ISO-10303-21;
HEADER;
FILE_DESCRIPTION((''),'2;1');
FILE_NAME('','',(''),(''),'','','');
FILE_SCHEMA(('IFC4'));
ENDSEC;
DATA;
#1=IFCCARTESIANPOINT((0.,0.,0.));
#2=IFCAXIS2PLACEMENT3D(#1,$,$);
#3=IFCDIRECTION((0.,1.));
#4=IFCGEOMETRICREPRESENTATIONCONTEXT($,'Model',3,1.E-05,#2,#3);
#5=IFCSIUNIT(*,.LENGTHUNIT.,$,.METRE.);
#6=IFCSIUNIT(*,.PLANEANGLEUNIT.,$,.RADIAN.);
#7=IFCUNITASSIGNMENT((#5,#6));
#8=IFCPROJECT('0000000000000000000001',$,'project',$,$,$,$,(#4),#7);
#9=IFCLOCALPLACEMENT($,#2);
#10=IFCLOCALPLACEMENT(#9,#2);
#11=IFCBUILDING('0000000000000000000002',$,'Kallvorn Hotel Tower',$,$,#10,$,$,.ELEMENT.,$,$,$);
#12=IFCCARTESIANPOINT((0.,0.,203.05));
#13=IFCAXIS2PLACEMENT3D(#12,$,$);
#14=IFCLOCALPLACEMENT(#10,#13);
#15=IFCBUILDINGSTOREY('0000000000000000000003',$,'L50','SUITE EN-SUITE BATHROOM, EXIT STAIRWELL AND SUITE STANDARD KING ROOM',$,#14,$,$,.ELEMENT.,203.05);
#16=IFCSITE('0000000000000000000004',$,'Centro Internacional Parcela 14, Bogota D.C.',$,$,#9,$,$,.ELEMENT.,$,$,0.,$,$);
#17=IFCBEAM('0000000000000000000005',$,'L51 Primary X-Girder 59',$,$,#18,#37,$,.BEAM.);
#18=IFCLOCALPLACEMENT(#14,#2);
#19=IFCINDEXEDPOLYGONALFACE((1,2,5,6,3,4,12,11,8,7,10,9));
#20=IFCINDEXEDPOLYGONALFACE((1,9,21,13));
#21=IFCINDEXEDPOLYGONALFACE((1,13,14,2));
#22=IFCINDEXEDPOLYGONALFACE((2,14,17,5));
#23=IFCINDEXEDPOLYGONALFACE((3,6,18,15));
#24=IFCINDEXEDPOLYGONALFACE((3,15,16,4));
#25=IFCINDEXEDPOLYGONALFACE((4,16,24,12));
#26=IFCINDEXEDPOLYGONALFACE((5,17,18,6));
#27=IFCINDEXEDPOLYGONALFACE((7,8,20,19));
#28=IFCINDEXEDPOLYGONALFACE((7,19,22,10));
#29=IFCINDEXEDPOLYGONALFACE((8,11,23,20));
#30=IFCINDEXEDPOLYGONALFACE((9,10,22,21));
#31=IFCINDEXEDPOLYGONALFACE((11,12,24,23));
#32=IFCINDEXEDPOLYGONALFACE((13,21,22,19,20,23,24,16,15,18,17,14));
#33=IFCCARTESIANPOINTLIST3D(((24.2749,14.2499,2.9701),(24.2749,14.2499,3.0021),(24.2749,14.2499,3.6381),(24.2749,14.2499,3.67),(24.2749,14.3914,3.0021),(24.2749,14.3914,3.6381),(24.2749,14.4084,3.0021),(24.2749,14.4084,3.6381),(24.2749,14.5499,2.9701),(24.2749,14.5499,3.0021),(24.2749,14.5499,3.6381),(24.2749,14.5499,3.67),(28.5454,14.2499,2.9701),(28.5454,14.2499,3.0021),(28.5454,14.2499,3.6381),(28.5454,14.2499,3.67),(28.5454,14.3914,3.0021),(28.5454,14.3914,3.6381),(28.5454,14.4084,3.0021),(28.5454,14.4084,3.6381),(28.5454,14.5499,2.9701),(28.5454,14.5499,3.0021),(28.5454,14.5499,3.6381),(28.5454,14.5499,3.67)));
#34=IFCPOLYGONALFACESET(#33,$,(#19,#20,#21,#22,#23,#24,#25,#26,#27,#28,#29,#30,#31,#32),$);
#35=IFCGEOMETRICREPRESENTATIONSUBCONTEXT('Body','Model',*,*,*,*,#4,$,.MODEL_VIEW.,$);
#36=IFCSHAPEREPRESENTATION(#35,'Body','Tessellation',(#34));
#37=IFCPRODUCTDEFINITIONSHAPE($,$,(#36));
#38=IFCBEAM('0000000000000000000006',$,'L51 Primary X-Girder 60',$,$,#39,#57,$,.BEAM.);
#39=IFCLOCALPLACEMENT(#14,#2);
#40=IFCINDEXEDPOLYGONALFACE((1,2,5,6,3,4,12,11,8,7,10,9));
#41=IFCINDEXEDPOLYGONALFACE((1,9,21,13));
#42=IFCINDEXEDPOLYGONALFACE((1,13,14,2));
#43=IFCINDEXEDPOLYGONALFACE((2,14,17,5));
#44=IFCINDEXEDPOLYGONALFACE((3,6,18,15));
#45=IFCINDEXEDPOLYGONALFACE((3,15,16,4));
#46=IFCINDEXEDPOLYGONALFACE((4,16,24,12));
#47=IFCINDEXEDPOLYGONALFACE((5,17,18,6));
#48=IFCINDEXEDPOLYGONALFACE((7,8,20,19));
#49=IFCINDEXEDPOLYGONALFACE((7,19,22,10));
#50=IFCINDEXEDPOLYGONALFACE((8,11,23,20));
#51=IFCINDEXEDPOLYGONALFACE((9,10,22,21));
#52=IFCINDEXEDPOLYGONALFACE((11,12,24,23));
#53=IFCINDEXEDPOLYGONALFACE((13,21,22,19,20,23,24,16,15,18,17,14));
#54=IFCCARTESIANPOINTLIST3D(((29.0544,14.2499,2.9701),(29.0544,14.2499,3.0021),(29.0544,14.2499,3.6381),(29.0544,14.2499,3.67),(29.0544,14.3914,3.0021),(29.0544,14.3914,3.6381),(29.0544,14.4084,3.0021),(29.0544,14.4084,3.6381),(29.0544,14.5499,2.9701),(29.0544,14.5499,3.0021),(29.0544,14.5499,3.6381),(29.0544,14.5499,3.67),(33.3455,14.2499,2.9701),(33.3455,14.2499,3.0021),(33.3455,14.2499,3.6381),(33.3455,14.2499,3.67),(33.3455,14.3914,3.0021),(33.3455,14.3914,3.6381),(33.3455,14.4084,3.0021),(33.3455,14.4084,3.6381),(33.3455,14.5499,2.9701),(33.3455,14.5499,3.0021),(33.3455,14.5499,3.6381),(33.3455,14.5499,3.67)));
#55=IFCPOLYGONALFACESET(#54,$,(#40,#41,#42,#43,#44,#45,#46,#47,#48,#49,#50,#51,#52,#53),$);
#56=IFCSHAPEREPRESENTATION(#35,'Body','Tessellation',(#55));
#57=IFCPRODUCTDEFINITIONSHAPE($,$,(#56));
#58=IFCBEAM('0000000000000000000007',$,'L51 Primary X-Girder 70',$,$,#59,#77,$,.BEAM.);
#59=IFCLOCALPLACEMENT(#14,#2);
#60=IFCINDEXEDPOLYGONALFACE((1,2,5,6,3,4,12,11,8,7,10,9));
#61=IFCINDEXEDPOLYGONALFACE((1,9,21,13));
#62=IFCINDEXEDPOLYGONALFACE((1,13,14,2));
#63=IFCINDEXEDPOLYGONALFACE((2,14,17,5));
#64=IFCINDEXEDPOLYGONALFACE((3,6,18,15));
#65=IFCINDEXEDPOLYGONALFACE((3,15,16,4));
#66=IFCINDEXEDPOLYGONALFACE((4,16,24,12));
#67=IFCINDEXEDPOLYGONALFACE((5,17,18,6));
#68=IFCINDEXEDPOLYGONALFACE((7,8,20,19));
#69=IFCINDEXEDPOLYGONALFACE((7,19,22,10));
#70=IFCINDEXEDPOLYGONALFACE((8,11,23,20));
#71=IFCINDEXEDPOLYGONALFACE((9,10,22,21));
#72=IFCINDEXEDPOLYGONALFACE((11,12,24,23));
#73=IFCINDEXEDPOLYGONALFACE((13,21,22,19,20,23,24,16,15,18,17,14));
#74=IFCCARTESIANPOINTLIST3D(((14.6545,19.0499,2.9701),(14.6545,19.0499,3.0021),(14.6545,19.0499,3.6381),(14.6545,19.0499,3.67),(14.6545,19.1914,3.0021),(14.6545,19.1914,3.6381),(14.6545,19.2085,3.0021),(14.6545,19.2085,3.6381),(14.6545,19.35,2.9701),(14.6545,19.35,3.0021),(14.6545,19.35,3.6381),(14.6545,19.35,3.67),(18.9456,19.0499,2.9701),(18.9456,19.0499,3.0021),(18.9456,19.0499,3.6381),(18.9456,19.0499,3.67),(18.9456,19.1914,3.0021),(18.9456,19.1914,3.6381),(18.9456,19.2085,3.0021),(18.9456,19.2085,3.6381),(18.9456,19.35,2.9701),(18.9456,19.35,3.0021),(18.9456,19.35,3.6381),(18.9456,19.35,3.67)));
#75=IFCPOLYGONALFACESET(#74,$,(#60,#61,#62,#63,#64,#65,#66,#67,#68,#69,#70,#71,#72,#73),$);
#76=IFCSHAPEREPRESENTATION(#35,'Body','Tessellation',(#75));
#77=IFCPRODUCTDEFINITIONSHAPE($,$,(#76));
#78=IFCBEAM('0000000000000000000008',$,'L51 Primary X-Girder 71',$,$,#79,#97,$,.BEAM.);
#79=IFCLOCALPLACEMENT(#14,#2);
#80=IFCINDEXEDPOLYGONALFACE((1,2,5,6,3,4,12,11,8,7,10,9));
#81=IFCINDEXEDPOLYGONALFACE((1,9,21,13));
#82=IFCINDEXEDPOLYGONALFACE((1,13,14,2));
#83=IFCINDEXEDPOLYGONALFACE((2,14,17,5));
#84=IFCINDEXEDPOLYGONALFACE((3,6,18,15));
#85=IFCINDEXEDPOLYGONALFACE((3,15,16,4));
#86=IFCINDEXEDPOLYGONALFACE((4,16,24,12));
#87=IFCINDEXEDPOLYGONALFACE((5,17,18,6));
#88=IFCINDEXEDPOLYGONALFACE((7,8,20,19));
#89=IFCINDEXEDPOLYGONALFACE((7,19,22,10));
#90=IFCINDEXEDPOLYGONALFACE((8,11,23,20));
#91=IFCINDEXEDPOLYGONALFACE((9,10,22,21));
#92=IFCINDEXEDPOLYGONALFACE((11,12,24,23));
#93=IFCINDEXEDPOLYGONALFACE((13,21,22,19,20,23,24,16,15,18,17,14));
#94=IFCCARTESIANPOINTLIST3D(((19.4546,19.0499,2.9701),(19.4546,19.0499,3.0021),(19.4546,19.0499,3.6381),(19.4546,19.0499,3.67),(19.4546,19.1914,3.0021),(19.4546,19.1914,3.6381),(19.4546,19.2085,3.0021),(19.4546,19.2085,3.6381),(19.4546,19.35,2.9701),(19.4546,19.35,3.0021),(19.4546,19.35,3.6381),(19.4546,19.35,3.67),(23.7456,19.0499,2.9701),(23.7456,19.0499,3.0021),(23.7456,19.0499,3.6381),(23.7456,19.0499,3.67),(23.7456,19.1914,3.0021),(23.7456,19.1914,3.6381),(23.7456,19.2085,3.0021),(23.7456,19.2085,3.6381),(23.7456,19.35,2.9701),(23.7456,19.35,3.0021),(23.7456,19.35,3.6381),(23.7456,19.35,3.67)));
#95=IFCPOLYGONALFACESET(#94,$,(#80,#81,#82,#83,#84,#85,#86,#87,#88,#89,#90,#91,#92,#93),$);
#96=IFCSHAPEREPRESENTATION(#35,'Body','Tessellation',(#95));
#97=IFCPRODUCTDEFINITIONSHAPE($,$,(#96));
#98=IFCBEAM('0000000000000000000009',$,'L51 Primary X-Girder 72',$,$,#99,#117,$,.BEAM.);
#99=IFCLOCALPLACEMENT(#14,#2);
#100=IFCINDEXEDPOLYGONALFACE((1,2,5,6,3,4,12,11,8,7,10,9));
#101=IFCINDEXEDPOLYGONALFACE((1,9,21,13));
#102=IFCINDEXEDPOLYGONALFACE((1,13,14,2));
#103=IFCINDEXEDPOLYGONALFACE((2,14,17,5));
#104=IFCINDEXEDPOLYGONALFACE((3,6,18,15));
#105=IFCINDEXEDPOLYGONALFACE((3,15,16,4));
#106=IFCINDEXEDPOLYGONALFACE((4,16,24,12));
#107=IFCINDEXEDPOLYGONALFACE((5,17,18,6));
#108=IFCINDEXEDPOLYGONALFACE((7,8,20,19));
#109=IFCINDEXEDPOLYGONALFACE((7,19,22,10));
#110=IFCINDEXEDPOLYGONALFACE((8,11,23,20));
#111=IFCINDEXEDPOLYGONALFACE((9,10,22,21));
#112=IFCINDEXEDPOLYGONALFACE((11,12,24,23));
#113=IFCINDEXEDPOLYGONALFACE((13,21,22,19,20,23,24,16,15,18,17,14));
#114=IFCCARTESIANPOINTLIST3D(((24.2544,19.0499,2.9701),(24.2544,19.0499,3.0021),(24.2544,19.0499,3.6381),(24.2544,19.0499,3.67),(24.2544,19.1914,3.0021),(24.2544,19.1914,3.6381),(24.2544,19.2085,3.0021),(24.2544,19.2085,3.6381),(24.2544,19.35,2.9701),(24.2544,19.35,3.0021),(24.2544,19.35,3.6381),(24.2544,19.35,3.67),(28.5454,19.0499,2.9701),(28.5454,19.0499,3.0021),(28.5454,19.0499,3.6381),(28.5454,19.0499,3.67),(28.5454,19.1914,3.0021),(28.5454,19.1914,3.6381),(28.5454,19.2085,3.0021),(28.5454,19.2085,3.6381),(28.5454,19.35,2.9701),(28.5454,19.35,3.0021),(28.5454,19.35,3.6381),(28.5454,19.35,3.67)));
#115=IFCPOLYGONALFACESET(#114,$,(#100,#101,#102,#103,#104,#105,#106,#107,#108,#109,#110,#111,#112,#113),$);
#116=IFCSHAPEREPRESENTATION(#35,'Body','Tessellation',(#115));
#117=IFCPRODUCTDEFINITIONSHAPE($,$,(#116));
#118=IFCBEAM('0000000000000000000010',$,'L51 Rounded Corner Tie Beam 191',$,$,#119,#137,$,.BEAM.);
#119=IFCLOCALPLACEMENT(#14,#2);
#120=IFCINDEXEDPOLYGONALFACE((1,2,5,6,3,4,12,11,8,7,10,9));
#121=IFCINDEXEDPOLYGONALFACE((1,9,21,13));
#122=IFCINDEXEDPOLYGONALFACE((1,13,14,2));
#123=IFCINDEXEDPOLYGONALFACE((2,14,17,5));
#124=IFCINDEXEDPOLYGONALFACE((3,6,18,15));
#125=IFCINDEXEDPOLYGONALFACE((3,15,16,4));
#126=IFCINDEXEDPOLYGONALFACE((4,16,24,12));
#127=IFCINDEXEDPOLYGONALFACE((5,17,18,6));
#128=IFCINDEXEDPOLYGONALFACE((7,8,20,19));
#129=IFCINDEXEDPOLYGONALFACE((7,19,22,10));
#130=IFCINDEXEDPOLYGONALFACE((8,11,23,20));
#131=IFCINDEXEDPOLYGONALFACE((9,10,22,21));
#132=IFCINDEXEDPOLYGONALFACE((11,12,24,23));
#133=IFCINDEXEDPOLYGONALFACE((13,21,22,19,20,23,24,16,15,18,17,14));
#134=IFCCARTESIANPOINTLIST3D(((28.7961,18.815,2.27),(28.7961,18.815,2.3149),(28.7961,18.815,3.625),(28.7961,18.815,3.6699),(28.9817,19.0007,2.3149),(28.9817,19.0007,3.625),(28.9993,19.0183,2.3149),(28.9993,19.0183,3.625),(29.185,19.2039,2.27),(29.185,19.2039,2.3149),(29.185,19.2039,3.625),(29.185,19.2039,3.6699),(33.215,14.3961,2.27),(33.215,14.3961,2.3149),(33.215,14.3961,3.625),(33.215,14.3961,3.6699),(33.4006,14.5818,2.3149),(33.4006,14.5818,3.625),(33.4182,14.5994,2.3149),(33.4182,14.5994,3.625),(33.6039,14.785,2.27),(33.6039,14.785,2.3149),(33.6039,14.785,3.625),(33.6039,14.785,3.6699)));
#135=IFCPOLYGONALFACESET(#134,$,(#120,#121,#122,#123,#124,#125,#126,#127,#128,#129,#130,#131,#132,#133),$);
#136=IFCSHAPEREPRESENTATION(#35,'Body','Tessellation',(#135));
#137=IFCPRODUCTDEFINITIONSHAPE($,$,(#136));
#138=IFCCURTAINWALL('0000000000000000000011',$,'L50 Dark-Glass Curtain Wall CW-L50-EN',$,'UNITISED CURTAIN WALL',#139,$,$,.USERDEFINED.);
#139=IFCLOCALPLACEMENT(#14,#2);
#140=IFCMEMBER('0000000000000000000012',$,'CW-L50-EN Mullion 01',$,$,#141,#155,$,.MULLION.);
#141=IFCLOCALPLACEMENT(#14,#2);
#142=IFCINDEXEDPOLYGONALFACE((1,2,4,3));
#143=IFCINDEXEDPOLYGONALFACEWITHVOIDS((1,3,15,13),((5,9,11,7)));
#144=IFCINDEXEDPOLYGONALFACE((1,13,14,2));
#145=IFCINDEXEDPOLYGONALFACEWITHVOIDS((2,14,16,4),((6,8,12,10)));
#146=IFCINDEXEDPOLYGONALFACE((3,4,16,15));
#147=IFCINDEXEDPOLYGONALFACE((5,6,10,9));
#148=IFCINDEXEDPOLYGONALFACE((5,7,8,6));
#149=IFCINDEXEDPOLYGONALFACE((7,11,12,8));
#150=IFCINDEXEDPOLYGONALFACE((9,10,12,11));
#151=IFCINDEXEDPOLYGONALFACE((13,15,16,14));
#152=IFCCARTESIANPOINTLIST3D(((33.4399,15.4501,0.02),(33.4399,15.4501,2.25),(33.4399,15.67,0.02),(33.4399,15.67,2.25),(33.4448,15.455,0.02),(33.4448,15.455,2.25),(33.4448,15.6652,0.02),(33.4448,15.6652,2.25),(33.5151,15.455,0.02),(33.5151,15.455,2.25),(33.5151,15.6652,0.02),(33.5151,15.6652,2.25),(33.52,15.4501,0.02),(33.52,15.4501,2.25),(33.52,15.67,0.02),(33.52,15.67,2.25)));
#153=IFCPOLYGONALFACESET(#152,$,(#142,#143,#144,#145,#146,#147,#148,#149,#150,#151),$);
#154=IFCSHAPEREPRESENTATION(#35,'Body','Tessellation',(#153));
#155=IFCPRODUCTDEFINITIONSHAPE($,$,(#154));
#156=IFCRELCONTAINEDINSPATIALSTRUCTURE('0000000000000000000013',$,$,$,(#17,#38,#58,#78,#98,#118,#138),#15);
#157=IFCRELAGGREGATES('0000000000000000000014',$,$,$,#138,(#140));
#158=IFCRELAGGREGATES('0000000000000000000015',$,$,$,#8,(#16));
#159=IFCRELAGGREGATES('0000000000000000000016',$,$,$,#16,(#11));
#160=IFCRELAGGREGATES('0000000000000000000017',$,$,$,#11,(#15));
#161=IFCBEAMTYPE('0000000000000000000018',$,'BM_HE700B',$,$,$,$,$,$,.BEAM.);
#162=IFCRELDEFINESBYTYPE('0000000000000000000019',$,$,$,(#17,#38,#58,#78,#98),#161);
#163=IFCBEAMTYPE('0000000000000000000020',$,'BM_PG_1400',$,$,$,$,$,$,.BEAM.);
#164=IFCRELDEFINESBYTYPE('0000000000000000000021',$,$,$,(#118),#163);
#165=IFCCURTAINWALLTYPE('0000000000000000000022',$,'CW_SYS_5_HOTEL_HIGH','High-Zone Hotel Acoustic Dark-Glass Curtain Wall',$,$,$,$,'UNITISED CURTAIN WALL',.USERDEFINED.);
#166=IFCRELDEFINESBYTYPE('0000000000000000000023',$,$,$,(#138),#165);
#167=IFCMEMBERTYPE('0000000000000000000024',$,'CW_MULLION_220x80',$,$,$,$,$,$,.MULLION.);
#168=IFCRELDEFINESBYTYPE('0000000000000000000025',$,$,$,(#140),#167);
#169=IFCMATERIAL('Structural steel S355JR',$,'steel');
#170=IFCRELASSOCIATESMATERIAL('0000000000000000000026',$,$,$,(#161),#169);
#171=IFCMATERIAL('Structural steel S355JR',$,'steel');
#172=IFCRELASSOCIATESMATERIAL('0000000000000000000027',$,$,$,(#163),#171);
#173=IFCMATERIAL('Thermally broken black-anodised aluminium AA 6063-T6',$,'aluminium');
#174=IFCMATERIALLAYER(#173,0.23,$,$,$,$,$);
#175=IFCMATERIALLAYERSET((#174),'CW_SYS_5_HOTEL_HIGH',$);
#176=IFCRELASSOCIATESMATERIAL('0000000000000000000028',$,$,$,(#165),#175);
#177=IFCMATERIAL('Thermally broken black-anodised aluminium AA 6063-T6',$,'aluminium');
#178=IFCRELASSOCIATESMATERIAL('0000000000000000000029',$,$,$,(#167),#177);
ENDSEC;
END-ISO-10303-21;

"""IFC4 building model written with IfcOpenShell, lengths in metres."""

from ifc_helpers import new_model, si_unit, direction, frame, origin, origin_2d, place, context, subcontext, project, spatial, hollow_rectangle, i_section, extrude, material, layer, layer_set, material_profile, profile_set, type_object, element, aggregate, save


model = new_model("IFC4")

# Units and contexts
model_context = context("Model", 3, precision=1e-05, world=origin(), true_north=direction((0.0, 1.0)))
body_context = subcontext(model_context, "Body", "Model", "MODEL_VIEW")
ifc_project = project(units=[si_unit("LENGTHUNIT", "METRE"), si_unit("PLANEANGLEUNIT", "RADIAN")], contexts=[model_context])

# Site, building, storey
site_placement = place(None, origin())
site = spatial("IfcSite", under=ifc_project, at=site_placement, Name="Centro Internacional Parcela 14, Bogota D.C.", CompositionType="ELEMENT", RefElevation=0.0)
building_placement = place(site_placement, origin())
building = spatial("IfcBuilding", under=site, at=building_placement, Name="Kallvorn Hotel Tower", CompositionType="ELEMENT")
storey_placement = place(building_placement, frame((0.0, 0.0, 203.05)))
storey = spatial("IfcBuildingStorey", under=building, at=storey_placement, Name="L50", Description="SUITE EN-SUITE BATHROOM, EXIT STAIRWELL AND SUITE STANDARD KING ROOM", CompositionType="ELEMENT", Elevation=203.05)

# Beams
ifc_material_1 = material(Name="Structural steel S355JR", Category="steel")
ifc_material_profile_1 = material_profile(ifc_material_1, i_section(OverallWidth=0.3, OverallDepth=0.7, WebThickness=0.0171, FlangeThickness=0.032, at=origin_2d()), Name="HE 700 B")
ifc_profile_set_1 = profile_set([ifc_material_profile_1], Name="Structural steel S355JR")
beam_type_1 = type_object("IfcBeamType", Name="BM_HE700B", PredefinedType="BEAM", material=ifc_profile_set_1)
for number, where, z_axis, x_axis, name in (
    (1, (24.2749, 14.3999, 3.3201), (1.0, 0.0, 0.0), (0.0, 1.0, 0.0), "L51 Primary X-Girder 59"),
):
    element("IfcBeam", number, at=place(storey_placement, frame(where, z_axis=z_axis, x_axis=x_axis)), inside=storey, type_object=beam_type_1, Name=name, PredefinedType="BEAM", context=body_context, shape_type="SweptSolid", body=[
        extrude(i_section(OverallWidth=0.3, OverallDepth=0.7, WebThickness=0.0171, FlangeThickness=0.032, at=origin_2d()), origin(), (0.0, 0.0, 1.0), 4.2705),
    ])
for number, where, z_axis, x_axis, name in (
    (2, (29.0544, 14.3999, 3.3201), (1.0, 0.0, 0.0), (0.0, 1.0, 0.0), "L51 Primary X-Girder 60"),
    (3, (14.6545, 19.2, 3.3201), (1.0, 0.0, 0.0), (0.0, 1.0, 0.0), "L51 Primary X-Girder 70"),
    (4, (19.4546, 19.2, 3.3201), (1.0, 0.0, 0.0), (0.0, 1.0, 0.0), "L51 Primary X-Girder 71"),
    (5, (24.2544, 19.2, 3.3201), (1.0, 0.0, 0.0), (0.0, 1.0, 0.0), "L51 Primary X-Girder 72"),
):
    element("IfcBeam", number, at=place(storey_placement, frame(where, z_axis=z_axis, x_axis=x_axis)), inside=storey, type_object=beam_type_1, Name=name, PredefinedType="BEAM", context=body_context, shape_type="SweptSolid", body=[
        extrude(i_section(OverallWidth=0.3, OverallDepth=0.7, WebThickness=0.0171, FlangeThickness=0.032, at=origin_2d()), origin(), (0.0, 0.0, 1.0), 4.291),
    ])
ifc_material_2 = material(Name="Structural steel S355JR", Category="steel")
ifc_material_profile_2 = material_profile(ifc_material_2, i_section(OverallWidth=0.55, OverallDepth=1.3999, WebThickness=0.0249, FlangeThickness=0.0449, at=origin_2d()), Name="PG 1400x550x25x45")
ifc_profile_set_2 = profile_set([ifc_material_profile_2], Name="Structural steel S355JR")
beam_type_2 = type_object("IfcBeamType", Name="BM_PG_1400", PredefinedType="BEAM", material=ifc_profile_set_2)
beam_1_placement = place(storey_placement, frame((33.4094, 14.5906, 2.97), z_axis=(-0.707107, 0.707107, 0.0), x_axis=(-0.707107, -0.707107, 0.0)))
element("IfcBeam", 6, at=beam_1_placement, inside=storey, type_object=beam_type_2, Name="L51 Rounded Corner Tie Beam 191", PredefinedType="BEAM", context=body_context, shape_type="SweptSolid", body=[
    extrude(i_section(OverallWidth=0.55, OverallDepth=1.3999, WebThickness=0.0249, FlangeThickness=0.0449, at=origin_2d()), origin(), (0.0, 0.0, 1.0), 6.2493),
])

# Curtain wall, member
ifc_material_3 = material(Name="Thermally broken black-anodised aluminium AA 6063-T6", Category="aluminium")
ifc_layer_1 = layer(ifc_material_3, 0.23)
ifc_layer_set_1 = layer_set([ifc_layer_1], Name="CW_SYS_5_HOTEL_HIGH")
curtain_wall_type = type_object("IfcCurtainWallType", Name="CW_SYS_5_HOTEL_HIGH", Description="High-Zone Hotel Acoustic Dark-Glass Curtain Wall", ElementType="UNITISED CURTAIN WALL", PredefinedType="USERDEFINED", material=ifc_layer_set_1)
curtain_wall_placement = place(storey_placement, origin())
curtain_wall = element("IfcCurtainWall", 7, at=curtain_wall_placement, inside=storey, type_object=curtain_wall_type, Name="L50 Dark-Glass Curtain Wall CW-L50-EN", ObjectType="UNITISED CURTAIN WALL", PredefinedType="USERDEFINED")
ifc_material_4 = material(Name="Thermally broken black-anodised aluminium AA 6063-T6", Category="aluminium")
ifc_material_profile_3 = material_profile(ifc_material_4, hollow_rectangle(XDim=0.0801, YDim=0.22, WallThickness=0.0049, at=origin_2d()), Name="MUL 220x80")
ifc_profile_set_3 = profile_set([ifc_material_profile_3], Name="Thermally broken black-anodised aluminium AA 6063-T6")
member_type_1 = type_object("IfcMemberType", Name="CW_MULLION_220x80", PredefinedType="MULLION", material=ifc_profile_set_3)
member_placement = place(storey_placement, frame((33.48, 15.5601, 0.02), z_axis=(0.0, 0.0, 1.0), x_axis=(1.0, 0.0, 0.0)))
member = element("IfcMember", 8, at=member_placement, type_object=member_type_1, Name="CW-L50-EN Mullion 01", PredefinedType="MULLION", context=body_context, shape_type="SweptSolid", body=[
    extrude(hollow_rectangle(XDim=0.0801, YDim=0.22, WallThickness=0.0049, at=origin_2d()), origin(), (0.0, 0.0, 1.0), 2.23),
])
aggregate(curtain_wall, [member])

save(model, "model.ifc")
